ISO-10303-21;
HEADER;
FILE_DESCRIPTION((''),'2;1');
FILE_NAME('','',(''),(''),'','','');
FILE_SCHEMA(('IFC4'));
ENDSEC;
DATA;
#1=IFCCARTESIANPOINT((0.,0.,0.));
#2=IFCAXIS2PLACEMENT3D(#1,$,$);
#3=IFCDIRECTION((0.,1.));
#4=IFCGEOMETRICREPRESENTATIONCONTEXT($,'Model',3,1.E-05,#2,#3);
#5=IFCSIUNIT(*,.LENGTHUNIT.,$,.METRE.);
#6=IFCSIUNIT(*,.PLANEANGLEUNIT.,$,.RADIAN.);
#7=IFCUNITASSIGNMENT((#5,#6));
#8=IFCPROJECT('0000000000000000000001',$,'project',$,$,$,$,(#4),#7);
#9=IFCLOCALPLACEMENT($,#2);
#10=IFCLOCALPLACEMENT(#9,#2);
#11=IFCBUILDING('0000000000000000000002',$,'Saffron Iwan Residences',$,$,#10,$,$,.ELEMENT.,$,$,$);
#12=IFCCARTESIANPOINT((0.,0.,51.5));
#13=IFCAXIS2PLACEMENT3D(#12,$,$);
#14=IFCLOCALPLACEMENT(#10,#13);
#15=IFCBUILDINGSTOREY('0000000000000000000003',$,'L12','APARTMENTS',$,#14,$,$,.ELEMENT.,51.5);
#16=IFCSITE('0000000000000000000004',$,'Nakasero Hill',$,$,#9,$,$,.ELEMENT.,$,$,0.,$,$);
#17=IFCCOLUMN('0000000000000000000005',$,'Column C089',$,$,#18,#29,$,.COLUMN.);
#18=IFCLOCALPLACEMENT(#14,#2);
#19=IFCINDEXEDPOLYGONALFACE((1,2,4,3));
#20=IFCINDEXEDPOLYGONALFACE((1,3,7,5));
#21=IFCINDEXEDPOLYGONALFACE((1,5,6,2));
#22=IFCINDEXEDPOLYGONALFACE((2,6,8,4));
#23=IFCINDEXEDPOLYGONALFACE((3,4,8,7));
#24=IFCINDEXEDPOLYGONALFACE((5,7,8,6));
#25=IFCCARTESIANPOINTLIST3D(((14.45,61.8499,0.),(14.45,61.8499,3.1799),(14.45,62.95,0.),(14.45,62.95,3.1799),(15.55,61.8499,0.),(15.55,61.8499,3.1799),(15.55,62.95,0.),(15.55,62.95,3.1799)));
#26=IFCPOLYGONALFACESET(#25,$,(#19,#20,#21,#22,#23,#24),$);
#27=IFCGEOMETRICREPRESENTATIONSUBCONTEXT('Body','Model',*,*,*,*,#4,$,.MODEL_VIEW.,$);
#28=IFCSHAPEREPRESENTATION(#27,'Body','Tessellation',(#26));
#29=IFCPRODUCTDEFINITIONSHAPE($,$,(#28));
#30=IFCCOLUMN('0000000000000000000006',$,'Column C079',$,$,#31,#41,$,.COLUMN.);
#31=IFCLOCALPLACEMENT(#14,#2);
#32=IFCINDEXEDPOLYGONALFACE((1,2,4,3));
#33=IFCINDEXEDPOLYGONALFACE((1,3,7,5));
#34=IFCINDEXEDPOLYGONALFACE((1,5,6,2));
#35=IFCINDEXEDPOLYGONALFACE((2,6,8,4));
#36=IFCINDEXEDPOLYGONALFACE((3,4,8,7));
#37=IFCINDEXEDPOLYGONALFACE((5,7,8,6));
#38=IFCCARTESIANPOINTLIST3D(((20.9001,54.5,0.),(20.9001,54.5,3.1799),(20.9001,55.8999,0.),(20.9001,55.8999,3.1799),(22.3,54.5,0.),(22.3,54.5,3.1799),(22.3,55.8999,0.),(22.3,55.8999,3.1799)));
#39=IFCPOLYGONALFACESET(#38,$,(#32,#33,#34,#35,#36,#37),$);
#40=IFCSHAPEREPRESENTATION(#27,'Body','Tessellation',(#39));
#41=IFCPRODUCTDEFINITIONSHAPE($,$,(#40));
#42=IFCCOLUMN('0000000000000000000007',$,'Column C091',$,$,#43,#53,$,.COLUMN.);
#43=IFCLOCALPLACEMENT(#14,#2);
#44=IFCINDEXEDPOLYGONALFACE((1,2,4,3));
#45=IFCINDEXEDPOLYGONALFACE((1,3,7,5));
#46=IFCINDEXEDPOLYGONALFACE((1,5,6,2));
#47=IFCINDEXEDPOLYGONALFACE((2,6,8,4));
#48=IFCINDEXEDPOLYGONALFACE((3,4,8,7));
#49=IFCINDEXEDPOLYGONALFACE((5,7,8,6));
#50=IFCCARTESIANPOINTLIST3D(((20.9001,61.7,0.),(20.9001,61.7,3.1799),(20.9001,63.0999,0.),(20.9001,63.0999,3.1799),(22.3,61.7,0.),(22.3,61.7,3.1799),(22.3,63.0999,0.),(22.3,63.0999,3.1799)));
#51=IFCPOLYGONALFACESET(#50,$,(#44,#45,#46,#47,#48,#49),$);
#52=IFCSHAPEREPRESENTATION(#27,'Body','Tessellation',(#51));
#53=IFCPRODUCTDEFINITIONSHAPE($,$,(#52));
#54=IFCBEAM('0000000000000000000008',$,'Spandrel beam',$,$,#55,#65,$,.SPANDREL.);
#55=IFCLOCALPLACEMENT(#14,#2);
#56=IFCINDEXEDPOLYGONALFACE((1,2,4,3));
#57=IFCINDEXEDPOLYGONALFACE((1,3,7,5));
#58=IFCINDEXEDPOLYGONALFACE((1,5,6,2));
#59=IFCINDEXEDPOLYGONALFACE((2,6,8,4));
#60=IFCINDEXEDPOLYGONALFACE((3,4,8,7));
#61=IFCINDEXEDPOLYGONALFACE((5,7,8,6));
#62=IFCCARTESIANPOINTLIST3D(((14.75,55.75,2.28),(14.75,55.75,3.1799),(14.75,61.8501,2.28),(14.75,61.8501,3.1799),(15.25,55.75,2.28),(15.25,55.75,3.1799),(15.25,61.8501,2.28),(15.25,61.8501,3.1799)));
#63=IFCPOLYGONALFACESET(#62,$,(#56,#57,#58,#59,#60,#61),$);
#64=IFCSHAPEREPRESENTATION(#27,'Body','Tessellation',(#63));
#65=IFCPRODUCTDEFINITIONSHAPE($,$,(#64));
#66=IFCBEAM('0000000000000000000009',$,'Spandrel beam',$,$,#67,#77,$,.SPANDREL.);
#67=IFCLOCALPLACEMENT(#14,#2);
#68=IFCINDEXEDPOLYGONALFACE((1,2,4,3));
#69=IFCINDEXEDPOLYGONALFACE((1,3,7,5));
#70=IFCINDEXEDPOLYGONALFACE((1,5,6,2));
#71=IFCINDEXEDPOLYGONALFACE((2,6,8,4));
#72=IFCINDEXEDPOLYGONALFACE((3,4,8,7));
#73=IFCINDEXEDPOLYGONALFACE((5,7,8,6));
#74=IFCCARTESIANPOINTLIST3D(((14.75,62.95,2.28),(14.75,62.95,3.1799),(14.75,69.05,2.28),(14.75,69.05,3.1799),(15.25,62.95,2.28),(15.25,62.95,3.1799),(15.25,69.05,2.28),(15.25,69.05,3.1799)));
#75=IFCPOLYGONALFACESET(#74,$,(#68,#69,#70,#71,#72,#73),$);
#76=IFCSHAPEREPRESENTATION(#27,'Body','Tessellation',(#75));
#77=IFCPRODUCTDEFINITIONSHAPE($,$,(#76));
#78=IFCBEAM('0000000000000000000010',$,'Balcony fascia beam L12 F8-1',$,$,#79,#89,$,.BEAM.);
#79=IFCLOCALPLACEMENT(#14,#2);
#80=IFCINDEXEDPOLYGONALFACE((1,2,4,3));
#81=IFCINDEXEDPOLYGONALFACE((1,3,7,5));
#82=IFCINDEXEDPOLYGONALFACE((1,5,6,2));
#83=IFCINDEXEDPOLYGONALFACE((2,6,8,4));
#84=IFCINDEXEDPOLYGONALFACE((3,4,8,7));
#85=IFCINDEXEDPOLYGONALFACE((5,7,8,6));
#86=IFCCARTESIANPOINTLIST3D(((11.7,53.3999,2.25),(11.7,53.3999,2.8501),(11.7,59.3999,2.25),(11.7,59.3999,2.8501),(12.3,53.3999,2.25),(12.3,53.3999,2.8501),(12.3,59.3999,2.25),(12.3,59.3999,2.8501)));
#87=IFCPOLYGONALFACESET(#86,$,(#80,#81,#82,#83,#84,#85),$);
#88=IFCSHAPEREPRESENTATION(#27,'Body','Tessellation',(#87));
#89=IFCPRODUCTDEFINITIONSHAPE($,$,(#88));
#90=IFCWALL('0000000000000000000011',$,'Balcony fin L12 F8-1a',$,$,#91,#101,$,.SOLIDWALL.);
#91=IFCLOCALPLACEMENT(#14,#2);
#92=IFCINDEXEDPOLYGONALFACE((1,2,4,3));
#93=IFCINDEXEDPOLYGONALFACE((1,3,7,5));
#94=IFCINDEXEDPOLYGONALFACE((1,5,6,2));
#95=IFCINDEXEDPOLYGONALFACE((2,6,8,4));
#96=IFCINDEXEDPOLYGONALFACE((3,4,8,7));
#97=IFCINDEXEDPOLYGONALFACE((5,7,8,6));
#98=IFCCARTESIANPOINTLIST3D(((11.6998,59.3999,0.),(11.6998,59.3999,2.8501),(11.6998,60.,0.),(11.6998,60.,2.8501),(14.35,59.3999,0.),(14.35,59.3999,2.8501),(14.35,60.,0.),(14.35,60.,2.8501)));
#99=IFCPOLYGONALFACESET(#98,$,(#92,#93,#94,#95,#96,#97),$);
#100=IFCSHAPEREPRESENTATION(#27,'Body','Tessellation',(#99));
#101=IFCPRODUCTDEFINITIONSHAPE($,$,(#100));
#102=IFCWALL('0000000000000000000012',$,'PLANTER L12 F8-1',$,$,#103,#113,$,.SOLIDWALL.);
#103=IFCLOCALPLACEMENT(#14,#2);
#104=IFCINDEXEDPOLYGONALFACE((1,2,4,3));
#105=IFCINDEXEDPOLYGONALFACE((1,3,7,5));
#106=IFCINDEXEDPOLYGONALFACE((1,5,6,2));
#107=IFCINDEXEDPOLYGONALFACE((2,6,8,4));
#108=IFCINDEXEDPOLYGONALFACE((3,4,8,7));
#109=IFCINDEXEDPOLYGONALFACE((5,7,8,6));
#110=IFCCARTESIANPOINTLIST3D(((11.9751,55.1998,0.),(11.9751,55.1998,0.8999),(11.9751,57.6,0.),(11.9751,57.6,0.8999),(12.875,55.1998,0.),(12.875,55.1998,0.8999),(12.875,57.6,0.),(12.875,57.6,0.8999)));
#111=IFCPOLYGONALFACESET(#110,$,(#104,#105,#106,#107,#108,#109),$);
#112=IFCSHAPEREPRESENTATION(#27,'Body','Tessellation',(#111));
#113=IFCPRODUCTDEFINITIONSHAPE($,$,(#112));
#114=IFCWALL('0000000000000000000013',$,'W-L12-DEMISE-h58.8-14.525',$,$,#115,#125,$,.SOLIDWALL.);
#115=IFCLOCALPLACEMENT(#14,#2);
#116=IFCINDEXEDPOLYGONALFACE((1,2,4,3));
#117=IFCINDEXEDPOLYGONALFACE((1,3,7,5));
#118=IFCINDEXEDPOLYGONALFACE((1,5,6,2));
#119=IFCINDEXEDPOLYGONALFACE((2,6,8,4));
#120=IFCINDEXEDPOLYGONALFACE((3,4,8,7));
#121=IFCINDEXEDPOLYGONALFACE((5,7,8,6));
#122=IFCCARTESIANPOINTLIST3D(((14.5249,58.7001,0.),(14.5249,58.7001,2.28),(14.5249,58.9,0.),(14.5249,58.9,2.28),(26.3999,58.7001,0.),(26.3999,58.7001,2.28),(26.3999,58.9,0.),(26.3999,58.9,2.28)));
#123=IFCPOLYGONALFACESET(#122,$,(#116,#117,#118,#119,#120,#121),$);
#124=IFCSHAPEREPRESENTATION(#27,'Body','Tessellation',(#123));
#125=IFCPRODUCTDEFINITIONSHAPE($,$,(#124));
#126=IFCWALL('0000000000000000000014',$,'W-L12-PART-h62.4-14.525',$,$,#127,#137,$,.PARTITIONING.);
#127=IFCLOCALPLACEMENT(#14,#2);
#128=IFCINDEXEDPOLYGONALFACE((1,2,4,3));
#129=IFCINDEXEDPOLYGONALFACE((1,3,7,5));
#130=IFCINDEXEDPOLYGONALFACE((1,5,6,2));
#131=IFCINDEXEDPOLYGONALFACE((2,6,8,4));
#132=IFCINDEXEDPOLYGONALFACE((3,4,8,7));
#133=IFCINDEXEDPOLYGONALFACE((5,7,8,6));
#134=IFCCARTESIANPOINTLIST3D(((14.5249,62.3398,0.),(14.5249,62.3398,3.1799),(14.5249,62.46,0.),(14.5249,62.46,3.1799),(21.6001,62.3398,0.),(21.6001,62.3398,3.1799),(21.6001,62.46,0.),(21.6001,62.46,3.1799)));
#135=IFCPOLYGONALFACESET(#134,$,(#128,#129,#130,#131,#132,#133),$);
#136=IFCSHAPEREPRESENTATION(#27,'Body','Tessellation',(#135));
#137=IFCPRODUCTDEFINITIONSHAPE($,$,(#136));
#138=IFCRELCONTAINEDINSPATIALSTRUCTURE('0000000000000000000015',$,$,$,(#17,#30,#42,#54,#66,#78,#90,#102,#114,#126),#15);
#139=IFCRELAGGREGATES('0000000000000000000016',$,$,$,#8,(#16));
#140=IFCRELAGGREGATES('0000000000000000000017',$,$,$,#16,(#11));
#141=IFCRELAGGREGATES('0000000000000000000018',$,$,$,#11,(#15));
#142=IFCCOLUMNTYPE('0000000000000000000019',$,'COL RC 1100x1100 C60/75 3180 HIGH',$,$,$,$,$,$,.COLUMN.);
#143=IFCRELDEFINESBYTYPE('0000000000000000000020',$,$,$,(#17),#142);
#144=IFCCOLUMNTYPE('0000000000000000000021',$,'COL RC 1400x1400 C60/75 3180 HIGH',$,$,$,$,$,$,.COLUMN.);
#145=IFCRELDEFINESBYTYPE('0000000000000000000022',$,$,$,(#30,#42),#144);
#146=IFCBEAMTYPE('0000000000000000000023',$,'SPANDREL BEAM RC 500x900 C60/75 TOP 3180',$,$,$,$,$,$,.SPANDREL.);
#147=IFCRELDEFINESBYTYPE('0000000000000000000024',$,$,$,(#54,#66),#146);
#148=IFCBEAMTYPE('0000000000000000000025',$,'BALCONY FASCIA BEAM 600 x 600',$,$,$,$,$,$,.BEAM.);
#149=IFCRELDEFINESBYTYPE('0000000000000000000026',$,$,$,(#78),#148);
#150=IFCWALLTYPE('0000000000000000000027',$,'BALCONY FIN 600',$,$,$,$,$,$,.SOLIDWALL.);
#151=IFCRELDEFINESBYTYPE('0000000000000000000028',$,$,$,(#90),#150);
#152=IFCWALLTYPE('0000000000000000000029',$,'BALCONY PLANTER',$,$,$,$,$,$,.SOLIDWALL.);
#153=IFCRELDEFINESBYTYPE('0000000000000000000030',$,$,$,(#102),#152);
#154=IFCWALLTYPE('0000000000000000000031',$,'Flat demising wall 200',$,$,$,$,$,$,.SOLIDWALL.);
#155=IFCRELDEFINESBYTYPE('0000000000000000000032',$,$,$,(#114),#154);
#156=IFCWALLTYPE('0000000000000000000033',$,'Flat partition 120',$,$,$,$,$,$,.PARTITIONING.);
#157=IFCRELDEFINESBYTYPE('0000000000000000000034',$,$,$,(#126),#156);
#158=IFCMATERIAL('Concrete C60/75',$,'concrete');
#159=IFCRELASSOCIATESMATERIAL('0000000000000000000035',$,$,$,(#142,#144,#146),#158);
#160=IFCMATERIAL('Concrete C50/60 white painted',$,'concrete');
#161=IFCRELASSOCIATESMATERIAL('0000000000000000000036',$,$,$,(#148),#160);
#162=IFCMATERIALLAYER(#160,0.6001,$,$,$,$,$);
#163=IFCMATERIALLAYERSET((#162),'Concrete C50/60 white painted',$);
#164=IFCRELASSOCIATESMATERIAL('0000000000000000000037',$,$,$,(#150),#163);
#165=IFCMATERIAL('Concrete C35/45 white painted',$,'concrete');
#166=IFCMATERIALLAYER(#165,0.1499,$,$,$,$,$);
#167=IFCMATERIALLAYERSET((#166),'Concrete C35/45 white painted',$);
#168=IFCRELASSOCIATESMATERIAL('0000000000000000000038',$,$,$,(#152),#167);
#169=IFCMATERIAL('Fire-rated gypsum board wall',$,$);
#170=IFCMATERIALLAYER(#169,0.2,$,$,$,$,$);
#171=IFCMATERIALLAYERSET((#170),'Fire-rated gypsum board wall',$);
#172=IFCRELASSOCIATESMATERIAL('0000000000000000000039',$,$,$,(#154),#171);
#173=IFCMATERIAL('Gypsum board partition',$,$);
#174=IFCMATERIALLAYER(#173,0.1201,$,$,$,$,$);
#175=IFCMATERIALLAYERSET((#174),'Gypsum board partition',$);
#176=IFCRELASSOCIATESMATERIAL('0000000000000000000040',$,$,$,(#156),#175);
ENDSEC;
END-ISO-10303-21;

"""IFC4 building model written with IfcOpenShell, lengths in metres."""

from ifc_helpers import new_model, si_unit, direction, frame, frame_2d, origin, origin_2d, place, context, subcontext, project, spatial, rectangle, extrude, source, transform, mapped, material, layer, layer_set, material_profile, profile_set, type_object, element, save


model = new_model("IFC4")

# Units and contexts
model_context = context("Model", 3, precision=1e-05, world=origin(), true_north=direction((0.0, 1.0)))
body_context = subcontext(model_context, "Body", "Model", "MODEL_VIEW")
ifc_project = project(units=[si_unit("LENGTHUNIT", "METRE"), si_unit("PLANEANGLEUNIT", "RADIAN")], contexts=[model_context])

# Site, building, storey
site_placement = place(None, origin())
site = spatial("IfcSite", under=ifc_project, at=site_placement, Name="Nakasero Hill", CompositionType="ELEMENT", RefElevation=0.0)
building_placement = place(site_placement, origin())
building = spatial("IfcBuilding", under=site, at=building_placement, Name="Saffron Iwan Residences", CompositionType="ELEMENT")
storey_placement = place(building_placement, frame((0.0, 0.0, 51.5)))
storey = spatial("IfcBuildingStorey", under=building, at=storey_placement, Name="L12", Description="APARTMENTS", CompositionType="ELEMENT", Elevation=51.5)

# Columns
ifc_material_1 = material(Name="Concrete C60/75", Category="concrete")
ifc_material_profile_1 = material_profile(ifc_material_1, rectangle(XDim=1.1001, YDim=1.1001, at=origin_2d()), Name="RC 1100x1100")
ifc_profile_set_1 = profile_set([ifc_material_profile_1], Name="Concrete C60/75")
column_type_1 = type_object("IfcColumnType", Name="COL RC 1100x1100 C60/75 3180 HIGH", PredefinedType="COLUMN", material=ifc_profile_set_1)
shared_shape_1 = source(origin(), body_context, "Body", "SweptSolid", [
    extrude(rectangle(XDim=1.1001, YDim=1.1001, at=origin_2d()), origin(), (0.0, 0.0, 1.0), 3.1799),
])
column_placement = place(storey_placement, frame((15.0, 62.3999, 0.0), z_axis=(0.0, 0.0, 1.0), x_axis=(1.0, 0.0, 0.0)))
element("IfcColumn", 1, at=column_placement, inside=storey, type_object=column_type_1, Name="Column C089", PredefinedType="COLUMN", context=body_context, shape_type="MappedRepresentation", body=[
    mapped(shared_shape_1, transform((0.0, 0.0, 0.0))),
])
ifc_material_profile_2 = material_profile(ifc_material_1, rectangle(XDim=1.3999, YDim=1.3999, at=origin_2d()), Name="RC 1400x1400")
ifc_profile_set_2 = profile_set([ifc_material_profile_2], Name="Concrete C60/75")
column_type_2 = type_object("IfcColumnType", Name="COL RC 1400x1400 C60/75 3180 HIGH", PredefinedType="COLUMN", material=ifc_profile_set_2)
shared_shape_2 = source(origin(), body_context, "Body", "SweptSolid", [
    extrude(rectangle(XDim=1.3999, YDim=1.3999, at=origin_2d()), origin(), (0.0, 0.0, 1.0), 3.1799),
])
for number, where, z_axis, x_axis, name in (
    (2, (21.6001, 55.2, 0.0), (0.0, 0.0, 1.0), (1.0, 0.0, 0.0), "Column C079"),
    (3, (21.6001, 62.3999, 0.0), (0.0, 0.0, 1.0), (1.0, 0.0, 0.0), "Column C091"),
):
    element("IfcColumn", number, at=place(storey_placement, frame(where, z_axis=z_axis, x_axis=x_axis)), inside=storey, type_object=column_type_2, Name=name, PredefinedType="COLUMN", context=body_context, shape_type="MappedRepresentation", body=[
        mapped(shared_shape_2, transform((0.0, 0.0, 0.0))),
    ])

# Beams
ifc_material_profile_3 = material_profile(ifc_material_1, rectangle(XDim=0.5, YDim=0.8999, at=origin_2d()), Name="RC 500x900")
ifc_profile_set_3 = profile_set([ifc_material_profile_3], Name="Concrete C60/75")
beam_type_1 = type_object("IfcBeamType", Name="SPANDREL BEAM RC 500x900 C60/75 TOP 3180", PredefinedType="SPANDREL", material=ifc_profile_set_3)
shared_shape_3 = source(origin(), body_context, "Body", "SweptSolid", [
    extrude(rectangle(XDim=0.5, YDim=0.8999, at=origin_2d()), origin(), (0.0, 0.0, 1.0), 6.1001),
])
for number, where, z_axis, x_axis, name in (
    (4, (15.0, 55.75, 2.73), (0.0, 1.0, 0.0), (-1.0, 0.0, 0.0), "Spandrel beam"),
    (5, (15.0, 62.95, 2.73), (0.0, 1.0, 0.0), (-1.0, 0.0, 0.0), "Spandrel beam"),
):
    element("IfcBeam", number, at=place(storey_placement, frame(where, z_axis=z_axis, x_axis=x_axis)), inside=storey, type_object=beam_type_1, Name=name, PredefinedType="SPANDREL", context=body_context, shape_type="MappedRepresentation", body=[
        mapped(shared_shape_3, transform((0.0, 0.0, 0.0))),
    ])
ifc_material_2 = material(Name="Concrete C50/60 white painted", Category="concrete")
ifc_material_profile_4 = material_profile(ifc_material_2, rectangle(XDim=0.6001, YDim=0.6001, at=origin_2d()), Name="BALCONY FASCIA BEAM 600 x 600")
ifc_profile_set_4 = profile_set([ifc_material_profile_4], Name="Concrete C50/60 white painted")
beam_type_2 = type_object("IfcBeamType", Name="BALCONY FASCIA BEAM 600 x 600", PredefinedType="BEAM", material=ifc_profile_set_4)
shared_shape_4 = source(origin(), body_context, "Body", "SweptSolid", [
    extrude(rectangle(XDim=0.6001, YDim=0.6001, at=origin_2d()), origin(), (0.0, 0.0, 1.0), 6.0),
])
beam_placement = place(storey_placement, frame((12.0, 59.3999, 2.55), z_axis=(0.0, -1.0, 0.0), x_axis=(1.0, 0.0, 0.0)))
element("IfcBeam", 6, at=beam_placement, inside=storey, type_object=beam_type_2, Name="Balcony fascia beam L12 F8-1", PredefinedType="BEAM", context=body_context, shape_type="MappedRepresentation", body=[
    mapped(shared_shape_4, transform((0.0, 0.0, 0.0))),
])

# Walls
ifc_layer_1 = layer(ifc_material_2, 0.6001)
ifc_layer_set_1 = layer_set([ifc_layer_1], Name="Concrete C50/60 white painted")
wall_type_1 = type_object("IfcWallType", Name="BALCONY FIN 600", PredefinedType="SOLIDWALL", material=ifc_layer_set_1)
wall_1_placement = place(storey_placement, frame((14.3501, 59.7, 0.0), z_axis=(0.0, 0.0, 1.0), x_axis=(-1.0, 0.0, 0.0)))
element("IfcWall", 7, at=wall_1_placement, inside=storey, type_object=wall_type_1, Name="Balcony fin L12 F8-1a", PredefinedType="SOLIDWALL", context=body_context, shape_type="SweptSolid", body=[
    extrude(rectangle(XDim=2.6501, YDim=0.6001, at=frame_2d((1.3252, 0.0))), origin(), (0.0, 0.0, 1.0), 2.8501),
])
ifc_material_3 = material(Name="Concrete C35/45 white painted", Category="concrete")
ifc_layer_2 = layer(ifc_material_3, 0.1499)
ifc_layer_set_2 = layer_set([ifc_layer_2], Name="Concrete C35/45 white painted")
wall_type_2 = type_object("IfcWallType", Name="BALCONY PLANTER", PredefinedType="SOLIDWALL", material=ifc_layer_set_2)
wall_2_placement = place(storey_placement, frame((12.425, 57.6001, 0.0), z_axis=(0.0, 0.0, 1.0), x_axis=(0.0, -1.0, 0.0)))
element("IfcWall", 8, at=wall_2_placement, inside=storey, type_object=wall_type_2, Name="PLANTER L12 F8-1", PredefinedType="SOLIDWALL", context=body_context, shape_type="SweptSolid", body=[
    extrude(rectangle(XDim=2.4001, YDim=0.8999, at=frame_2d((1.2002, 0.0))), origin(), (0.0, 0.0, 1.0), 0.8999),
])

# Walls
ifc_material_4 = material(Name="Fire-rated gypsum board wall")
ifc_layer_3 = layer(ifc_material_4, 0.2)
ifc_layer_set_3 = layer_set([ifc_layer_3], Name="Fire-rated gypsum board wall")
wall_type_3 = type_object("IfcWallType", Name="Flat demising wall 200", PredefinedType="SOLIDWALL", material=ifc_layer_set_3)
wall_3_placement = place(storey_placement, frame((14.5249, 58.8, 0.0), z_axis=(0.0, 0.0, 1.0), x_axis=(1.0, 0.0, 0.0)))
element("IfcWall", 9, at=wall_3_placement, inside=storey, type_object=wall_type_3, Name="W-L12-DEMISE-h58.8-14.525", PredefinedType="SOLIDWALL", context=body_context, shape_type="SweptSolid", body=[
    extrude(rectangle(XDim=11.875, YDim=0.2, at=frame_2d((5.9375, 0.0))), origin(), (0.0, 0.0, 1.0), 2.28),
])
ifc_material_5 = material(Name="Gypsum board partition")
ifc_layer_4 = layer(ifc_material_5, 0.1201)
ifc_layer_set_4 = layer_set([ifc_layer_4], Name="Gypsum board partition")
wall_type_4 = type_object("IfcWallType", Name="Flat partition 120", PredefinedType="PARTITIONING", material=ifc_layer_set_4)
wall_4_placement = place(storey_placement, frame((14.5249, 62.3999, 0.0), z_axis=(0.0, 0.0, 1.0), x_axis=(1.0, 0.0, 0.0)))
element("IfcWall", 10, at=wall_4_placement, inside=storey, type_object=wall_type_4, Name="W-L12-PART-h62.4-14.525", PredefinedType="PARTITIONING", context=body_context, shape_type="SweptSolid", body=[
    extrude(rectangle(XDim=7.0752, YDim=0.1201, at=frame_2d((3.5376, 0.0))), origin(), (0.0, 0.0, 1.0), 3.1799),
])

save(model, "model.ifc")
